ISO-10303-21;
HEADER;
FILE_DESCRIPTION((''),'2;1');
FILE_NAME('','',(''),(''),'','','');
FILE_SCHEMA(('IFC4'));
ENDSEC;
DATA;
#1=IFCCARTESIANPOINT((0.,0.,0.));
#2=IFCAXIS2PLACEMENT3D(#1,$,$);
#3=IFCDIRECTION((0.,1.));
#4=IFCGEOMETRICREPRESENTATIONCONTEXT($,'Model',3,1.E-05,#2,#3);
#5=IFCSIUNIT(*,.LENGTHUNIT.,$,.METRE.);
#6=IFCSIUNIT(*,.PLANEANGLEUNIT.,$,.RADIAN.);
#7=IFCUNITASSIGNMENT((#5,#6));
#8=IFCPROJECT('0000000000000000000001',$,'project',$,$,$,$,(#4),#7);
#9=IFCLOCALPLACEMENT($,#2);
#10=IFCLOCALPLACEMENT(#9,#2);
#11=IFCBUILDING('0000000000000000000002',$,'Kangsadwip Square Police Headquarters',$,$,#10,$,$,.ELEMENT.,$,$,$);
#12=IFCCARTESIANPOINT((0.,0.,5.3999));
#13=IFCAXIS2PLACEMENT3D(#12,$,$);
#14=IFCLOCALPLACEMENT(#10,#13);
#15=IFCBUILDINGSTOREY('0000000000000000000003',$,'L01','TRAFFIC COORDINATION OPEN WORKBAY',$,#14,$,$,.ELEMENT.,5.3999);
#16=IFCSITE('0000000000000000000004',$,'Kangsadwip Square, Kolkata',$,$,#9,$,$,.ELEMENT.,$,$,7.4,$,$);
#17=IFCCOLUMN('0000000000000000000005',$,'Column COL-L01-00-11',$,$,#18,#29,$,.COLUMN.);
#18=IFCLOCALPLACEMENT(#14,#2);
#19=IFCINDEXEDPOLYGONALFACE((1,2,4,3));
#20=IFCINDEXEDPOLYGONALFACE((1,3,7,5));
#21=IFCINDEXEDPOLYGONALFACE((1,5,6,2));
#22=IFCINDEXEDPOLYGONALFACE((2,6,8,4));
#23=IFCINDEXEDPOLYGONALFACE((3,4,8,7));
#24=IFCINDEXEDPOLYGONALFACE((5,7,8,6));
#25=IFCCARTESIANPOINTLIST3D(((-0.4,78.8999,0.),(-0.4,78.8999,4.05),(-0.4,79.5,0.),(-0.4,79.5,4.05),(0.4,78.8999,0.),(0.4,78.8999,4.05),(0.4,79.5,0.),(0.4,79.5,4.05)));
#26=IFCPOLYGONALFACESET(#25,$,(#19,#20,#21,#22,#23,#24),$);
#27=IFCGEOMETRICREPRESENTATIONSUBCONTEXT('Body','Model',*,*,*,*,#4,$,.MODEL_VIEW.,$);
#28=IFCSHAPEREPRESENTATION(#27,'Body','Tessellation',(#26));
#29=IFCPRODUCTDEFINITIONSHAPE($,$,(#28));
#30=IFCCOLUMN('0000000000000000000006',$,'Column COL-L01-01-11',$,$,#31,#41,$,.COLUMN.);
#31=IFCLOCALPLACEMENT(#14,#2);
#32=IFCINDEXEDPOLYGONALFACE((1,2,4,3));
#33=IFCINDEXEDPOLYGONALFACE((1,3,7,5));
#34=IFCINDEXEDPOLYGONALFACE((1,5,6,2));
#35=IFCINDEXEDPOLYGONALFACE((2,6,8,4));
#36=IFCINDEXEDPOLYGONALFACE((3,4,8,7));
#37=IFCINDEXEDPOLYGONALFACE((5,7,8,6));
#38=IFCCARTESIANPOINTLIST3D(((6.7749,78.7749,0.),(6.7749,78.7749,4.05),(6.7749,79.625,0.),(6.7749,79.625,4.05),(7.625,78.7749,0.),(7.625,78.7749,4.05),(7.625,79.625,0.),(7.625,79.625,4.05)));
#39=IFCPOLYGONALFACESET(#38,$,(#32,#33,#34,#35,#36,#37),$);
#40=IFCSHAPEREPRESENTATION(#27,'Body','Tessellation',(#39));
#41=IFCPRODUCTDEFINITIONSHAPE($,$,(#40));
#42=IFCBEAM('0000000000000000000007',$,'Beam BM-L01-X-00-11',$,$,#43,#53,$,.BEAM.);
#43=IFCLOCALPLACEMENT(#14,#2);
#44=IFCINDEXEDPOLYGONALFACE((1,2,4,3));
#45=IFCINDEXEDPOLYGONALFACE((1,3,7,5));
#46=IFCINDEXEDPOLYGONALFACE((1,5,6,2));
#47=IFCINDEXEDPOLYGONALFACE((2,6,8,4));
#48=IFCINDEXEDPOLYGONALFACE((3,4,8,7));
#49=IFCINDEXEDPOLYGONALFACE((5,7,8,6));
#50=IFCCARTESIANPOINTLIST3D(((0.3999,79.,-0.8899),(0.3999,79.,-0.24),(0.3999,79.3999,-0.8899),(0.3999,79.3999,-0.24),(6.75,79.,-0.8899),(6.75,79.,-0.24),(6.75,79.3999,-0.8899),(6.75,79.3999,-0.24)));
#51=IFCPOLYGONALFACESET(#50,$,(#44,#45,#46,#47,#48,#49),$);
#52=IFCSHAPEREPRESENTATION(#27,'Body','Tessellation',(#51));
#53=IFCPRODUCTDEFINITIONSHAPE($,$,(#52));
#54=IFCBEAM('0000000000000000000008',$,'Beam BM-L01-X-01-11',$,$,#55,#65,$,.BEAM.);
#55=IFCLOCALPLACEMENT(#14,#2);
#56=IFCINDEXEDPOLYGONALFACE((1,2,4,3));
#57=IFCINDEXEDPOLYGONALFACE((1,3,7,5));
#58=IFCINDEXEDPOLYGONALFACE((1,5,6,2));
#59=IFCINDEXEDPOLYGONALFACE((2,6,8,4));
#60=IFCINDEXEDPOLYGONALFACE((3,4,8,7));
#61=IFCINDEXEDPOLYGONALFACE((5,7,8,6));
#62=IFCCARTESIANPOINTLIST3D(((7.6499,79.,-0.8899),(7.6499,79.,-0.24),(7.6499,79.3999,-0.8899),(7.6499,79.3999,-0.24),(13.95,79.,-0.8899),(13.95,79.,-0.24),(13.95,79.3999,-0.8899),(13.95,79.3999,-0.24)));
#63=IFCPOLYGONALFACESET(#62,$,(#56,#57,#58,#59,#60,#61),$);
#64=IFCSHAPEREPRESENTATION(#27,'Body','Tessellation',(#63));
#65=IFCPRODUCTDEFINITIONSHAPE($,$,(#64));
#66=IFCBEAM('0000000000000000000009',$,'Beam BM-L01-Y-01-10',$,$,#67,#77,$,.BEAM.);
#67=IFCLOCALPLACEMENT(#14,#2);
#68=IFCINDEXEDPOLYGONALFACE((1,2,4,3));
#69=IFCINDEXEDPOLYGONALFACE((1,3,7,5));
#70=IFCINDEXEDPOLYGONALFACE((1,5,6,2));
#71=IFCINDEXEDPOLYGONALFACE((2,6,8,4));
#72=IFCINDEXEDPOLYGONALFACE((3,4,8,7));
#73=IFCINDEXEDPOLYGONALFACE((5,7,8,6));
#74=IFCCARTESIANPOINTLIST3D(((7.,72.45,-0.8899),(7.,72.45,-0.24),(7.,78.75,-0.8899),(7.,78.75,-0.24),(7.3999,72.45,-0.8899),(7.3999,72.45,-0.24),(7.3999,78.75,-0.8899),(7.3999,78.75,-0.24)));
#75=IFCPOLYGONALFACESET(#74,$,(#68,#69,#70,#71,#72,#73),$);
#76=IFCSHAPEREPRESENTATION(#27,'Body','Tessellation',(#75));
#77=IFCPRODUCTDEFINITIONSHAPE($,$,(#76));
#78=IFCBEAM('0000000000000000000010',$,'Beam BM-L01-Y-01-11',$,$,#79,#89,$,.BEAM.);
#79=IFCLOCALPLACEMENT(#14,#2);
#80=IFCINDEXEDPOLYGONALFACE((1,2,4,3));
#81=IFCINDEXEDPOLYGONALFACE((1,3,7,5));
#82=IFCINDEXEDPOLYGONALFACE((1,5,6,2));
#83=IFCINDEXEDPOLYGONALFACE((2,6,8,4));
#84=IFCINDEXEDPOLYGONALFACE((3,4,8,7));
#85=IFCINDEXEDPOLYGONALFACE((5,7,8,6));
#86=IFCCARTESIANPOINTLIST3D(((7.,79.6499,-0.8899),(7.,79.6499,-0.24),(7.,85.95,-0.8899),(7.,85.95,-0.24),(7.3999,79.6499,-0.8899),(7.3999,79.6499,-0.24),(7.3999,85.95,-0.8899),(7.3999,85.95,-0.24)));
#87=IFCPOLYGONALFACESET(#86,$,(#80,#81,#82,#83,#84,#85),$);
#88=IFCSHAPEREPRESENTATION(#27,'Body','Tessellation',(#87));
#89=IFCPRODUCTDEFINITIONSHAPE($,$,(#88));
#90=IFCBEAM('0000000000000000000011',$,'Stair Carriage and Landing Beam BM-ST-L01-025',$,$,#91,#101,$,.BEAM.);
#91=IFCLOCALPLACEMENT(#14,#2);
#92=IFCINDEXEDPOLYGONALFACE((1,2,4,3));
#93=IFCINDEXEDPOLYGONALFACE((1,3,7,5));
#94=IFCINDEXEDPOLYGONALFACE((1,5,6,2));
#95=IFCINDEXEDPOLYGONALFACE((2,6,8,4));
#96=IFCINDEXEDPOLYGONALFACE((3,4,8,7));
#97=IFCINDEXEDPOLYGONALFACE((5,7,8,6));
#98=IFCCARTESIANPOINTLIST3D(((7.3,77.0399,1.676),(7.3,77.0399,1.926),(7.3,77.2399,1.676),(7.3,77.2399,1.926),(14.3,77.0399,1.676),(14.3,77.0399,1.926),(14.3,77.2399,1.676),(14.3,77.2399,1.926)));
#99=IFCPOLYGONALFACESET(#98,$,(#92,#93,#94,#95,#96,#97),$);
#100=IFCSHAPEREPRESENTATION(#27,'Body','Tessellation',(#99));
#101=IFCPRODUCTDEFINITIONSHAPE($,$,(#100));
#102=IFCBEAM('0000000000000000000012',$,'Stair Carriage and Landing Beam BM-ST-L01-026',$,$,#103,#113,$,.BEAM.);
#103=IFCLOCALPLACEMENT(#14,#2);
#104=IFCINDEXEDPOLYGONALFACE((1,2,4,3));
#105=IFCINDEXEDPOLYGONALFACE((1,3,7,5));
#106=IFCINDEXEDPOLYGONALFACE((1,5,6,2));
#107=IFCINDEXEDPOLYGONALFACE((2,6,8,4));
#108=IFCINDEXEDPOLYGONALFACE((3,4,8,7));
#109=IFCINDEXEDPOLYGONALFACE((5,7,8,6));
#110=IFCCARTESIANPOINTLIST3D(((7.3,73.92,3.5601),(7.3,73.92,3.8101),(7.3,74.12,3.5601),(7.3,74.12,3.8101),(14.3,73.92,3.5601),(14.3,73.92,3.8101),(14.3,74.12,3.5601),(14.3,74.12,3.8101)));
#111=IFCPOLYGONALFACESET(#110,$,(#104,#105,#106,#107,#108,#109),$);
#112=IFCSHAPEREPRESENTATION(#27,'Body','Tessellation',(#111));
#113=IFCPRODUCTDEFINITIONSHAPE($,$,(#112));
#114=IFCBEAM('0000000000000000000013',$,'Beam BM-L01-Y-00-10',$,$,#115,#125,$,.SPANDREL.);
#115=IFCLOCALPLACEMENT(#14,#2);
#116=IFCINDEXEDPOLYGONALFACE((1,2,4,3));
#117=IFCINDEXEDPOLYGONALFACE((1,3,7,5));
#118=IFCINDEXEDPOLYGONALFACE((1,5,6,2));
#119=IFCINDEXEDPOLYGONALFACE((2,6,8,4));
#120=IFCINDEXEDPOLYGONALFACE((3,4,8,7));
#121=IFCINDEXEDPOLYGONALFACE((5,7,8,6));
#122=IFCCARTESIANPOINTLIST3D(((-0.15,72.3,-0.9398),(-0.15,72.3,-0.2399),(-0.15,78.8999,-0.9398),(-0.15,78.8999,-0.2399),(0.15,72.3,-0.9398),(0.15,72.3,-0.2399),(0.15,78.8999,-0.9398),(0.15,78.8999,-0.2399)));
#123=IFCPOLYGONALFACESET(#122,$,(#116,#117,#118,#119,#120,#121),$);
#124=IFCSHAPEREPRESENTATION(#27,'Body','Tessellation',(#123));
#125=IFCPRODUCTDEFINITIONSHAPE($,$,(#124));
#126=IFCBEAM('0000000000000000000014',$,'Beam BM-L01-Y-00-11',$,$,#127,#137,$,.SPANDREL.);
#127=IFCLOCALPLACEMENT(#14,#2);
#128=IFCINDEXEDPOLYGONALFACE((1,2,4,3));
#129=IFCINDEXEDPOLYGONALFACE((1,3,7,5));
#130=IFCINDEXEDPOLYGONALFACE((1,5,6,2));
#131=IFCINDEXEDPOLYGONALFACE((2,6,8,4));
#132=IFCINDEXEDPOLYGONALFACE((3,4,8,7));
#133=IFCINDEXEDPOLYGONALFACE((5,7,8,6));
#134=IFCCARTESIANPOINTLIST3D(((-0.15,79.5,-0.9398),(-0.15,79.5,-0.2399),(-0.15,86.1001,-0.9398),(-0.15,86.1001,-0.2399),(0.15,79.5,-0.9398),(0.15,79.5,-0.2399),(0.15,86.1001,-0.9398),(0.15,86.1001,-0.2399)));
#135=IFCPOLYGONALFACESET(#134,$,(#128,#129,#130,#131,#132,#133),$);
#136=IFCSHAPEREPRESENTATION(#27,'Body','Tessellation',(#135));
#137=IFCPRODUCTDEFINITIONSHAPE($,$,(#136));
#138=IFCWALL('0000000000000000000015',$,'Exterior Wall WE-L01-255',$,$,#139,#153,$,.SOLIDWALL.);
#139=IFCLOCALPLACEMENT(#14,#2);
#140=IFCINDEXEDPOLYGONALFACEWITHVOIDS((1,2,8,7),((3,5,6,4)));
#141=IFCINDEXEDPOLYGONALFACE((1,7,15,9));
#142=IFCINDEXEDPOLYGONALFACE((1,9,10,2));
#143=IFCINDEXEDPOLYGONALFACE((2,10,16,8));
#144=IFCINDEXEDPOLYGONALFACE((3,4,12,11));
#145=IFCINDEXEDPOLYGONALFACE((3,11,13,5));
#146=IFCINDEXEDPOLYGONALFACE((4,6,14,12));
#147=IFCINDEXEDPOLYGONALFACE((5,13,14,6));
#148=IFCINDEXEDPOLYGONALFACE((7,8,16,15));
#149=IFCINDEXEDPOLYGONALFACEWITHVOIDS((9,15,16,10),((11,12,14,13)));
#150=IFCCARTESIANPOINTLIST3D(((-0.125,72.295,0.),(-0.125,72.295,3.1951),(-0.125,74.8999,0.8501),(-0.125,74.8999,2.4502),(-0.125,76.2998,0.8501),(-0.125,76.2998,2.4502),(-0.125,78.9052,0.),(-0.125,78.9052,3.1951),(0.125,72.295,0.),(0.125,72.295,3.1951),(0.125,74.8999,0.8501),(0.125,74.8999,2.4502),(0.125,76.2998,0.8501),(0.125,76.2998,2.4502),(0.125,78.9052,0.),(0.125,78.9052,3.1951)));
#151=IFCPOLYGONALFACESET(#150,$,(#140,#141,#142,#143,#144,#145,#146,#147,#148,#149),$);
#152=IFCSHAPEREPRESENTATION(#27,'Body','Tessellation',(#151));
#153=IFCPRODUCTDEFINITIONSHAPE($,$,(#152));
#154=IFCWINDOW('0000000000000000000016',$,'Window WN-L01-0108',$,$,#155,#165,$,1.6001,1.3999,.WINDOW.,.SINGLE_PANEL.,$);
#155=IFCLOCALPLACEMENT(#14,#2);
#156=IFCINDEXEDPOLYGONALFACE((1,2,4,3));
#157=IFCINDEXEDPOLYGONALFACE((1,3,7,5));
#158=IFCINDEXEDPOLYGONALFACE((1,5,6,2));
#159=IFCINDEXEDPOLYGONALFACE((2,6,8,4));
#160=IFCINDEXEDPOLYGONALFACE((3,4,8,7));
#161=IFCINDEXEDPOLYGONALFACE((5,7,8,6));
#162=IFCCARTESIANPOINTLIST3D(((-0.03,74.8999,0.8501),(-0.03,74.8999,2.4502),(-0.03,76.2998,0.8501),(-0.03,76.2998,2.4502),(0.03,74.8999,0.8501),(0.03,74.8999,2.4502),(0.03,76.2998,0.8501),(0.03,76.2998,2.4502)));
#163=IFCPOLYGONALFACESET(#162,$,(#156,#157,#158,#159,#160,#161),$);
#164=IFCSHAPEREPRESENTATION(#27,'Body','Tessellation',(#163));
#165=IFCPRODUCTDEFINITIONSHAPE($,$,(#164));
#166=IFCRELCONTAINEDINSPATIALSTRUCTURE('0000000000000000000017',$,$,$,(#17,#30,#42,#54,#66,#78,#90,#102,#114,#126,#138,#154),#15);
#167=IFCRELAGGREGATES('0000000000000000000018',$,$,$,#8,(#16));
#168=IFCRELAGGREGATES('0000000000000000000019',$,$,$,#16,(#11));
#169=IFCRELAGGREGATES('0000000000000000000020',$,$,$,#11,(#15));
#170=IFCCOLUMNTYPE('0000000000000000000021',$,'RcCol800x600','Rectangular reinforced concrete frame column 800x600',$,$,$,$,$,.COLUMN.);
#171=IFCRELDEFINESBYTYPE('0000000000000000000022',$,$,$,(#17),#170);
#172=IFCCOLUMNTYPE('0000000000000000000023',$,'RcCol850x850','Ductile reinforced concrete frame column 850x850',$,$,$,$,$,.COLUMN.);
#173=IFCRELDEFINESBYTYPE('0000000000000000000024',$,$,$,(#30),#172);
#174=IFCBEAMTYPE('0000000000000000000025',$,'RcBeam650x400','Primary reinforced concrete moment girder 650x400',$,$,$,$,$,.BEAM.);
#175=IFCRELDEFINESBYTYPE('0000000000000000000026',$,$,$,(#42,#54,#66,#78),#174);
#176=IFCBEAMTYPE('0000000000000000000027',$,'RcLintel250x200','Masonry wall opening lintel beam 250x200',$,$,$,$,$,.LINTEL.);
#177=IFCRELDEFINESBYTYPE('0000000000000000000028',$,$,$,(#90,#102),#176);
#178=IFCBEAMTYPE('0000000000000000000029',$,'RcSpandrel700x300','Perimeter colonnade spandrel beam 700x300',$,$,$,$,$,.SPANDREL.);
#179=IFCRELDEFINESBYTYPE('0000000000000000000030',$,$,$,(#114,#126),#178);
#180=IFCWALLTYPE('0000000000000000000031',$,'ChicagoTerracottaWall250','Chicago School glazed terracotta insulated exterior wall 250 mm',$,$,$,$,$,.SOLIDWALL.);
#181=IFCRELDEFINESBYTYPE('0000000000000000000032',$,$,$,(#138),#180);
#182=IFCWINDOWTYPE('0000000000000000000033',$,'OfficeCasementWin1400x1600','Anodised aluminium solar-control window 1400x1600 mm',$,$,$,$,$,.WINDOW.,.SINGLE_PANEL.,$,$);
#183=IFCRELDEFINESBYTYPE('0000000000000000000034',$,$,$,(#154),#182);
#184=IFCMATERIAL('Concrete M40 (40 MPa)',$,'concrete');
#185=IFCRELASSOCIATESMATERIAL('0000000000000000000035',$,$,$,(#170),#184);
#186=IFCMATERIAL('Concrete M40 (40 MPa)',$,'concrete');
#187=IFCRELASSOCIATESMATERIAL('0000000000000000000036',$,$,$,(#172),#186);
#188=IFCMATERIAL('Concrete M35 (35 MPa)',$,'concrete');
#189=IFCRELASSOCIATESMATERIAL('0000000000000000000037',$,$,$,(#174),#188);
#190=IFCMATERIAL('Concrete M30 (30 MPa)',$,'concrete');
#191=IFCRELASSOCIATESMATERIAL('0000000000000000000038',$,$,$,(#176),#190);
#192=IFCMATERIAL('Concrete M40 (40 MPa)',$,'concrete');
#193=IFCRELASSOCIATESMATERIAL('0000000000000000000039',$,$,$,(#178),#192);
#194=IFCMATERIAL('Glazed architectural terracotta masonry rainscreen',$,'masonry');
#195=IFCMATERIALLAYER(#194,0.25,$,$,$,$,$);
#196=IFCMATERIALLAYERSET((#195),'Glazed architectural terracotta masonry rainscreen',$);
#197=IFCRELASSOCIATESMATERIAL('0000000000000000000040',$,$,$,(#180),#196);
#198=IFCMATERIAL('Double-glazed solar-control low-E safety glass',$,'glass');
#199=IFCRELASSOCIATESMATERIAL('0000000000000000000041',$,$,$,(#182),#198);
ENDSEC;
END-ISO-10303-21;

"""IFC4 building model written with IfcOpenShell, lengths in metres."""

from ifc_helpers import new_model, si_unit, direction, frame, frame_2d, origin, origin_2d, place, context, subcontext, project, spatial, rectangle, extrude, material, layer, layer_set, material_profile, profile_set, type_object, element, fill, save


model = new_model("IFC4")

# Units and contexts
model_context = context("Model", 3, precision=1e-05, world=origin(), true_north=direction((0.0, 1.0)))
body_context = subcontext(model_context, "Body", "Model", "MODEL_VIEW")
ifc_project = project(units=[si_unit("LENGTHUNIT", "METRE"), si_unit("PLANEANGLEUNIT", "RADIAN")], contexts=[model_context])

# Site, building, storey
site_placement = place(None, origin())
site = spatial("IfcSite", under=ifc_project, at=site_placement, Name="Kangsadwip Square, Kolkata", CompositionType="ELEMENT", RefElevation=7.4)
building_placement = place(site_placement, origin())
building = spatial("IfcBuilding", under=site, at=building_placement, Name="Kangsadwip Square Police Headquarters", CompositionType="ELEMENT")
storey_placement = place(building_placement, frame((0.0, 0.0, 5.3999)))
storey = spatial("IfcBuildingStorey", under=building, at=storey_placement, Name="L01", Description="TRAFFIC COORDINATION OPEN WORKBAY", CompositionType="ELEMENT", Elevation=5.3999)

# Columns
ifc_material_1 = material(Name="Concrete M40 (40 MPa)", Category="concrete")
ifc_material_profile_1 = material_profile(ifc_material_1, rectangle(XDim=0.6001, YDim=0.8, at=origin_2d()), Name="RC COL 800X600")
ifc_profile_set_1 = profile_set([ifc_material_profile_1], Name="Concrete M40 (40 MPa)")
column_type_1 = type_object("IfcColumnType", Name="RcCol800x600", Description="Rectangular reinforced concrete frame column 800x600", PredefinedType="COLUMN", material=ifc_profile_set_1)
column_1_placement = place(storey_placement, frame((0.0, 79.2, 0.0), z_axis=(0.0, 0.0, 1.0), x_axis=(0.0, 1.0, 0.0)))
element("IfcColumn", 1, at=column_1_placement, inside=storey, type_object=column_type_1, Name="Column COL-L01-00-11", PredefinedType="COLUMN", context=body_context, shape_type="SweptSolid", body=[
    extrude(rectangle(XDim=0.6001, YDim=0.8, at=origin_2d()), origin(), (0.0, 0.0, 1.0), 4.05),
])
ifc_material_2 = material(Name="Concrete M40 (40 MPa)", Category="concrete")
ifc_material_profile_2 = material_profile(ifc_material_2, rectangle(XDim=0.8501, YDim=0.8501, at=origin_2d()), Name="RC COL 850X850")
ifc_profile_set_2 = profile_set([ifc_material_profile_2], Name="Concrete M40 (40 MPa)")
column_type_2 = type_object("IfcColumnType", Name="RcCol850x850", Description="Ductile reinforced concrete frame column 850x850", PredefinedType="COLUMN", material=ifc_profile_set_2)
column_2_placement = place(storey_placement, frame((7.2, 79.2, 0.0), z_axis=(0.0, 0.0, 1.0), x_axis=(1.0, 0.0, 0.0)))
element("IfcColumn", 2, at=column_2_placement, inside=storey, type_object=column_type_2, Name="Column COL-L01-01-11", PredefinedType="COLUMN", context=body_context, shape_type="SweptSolid", body=[
    extrude(rectangle(XDim=0.8501, YDim=0.8501, at=origin_2d()), origin(), (0.0, 0.0, 1.0), 4.05),
])

# Beams
ifc_material_3 = material(Name="Concrete M35 (35 MPa)", Category="concrete")
ifc_material_profile_3 = material_profile(ifc_material_3, rectangle(XDim=0.3999, YDim=0.6499, at=origin_2d()), Name="RC BM 650X400")
ifc_profile_set_3 = profile_set([ifc_material_profile_3], Name="Concrete M35 (35 MPa)")
beam_type_1 = type_object("IfcBeamType", Name="RcBeam650x400", Description="Primary reinforced concrete moment girder 650x400", PredefinedType="BEAM", material=ifc_profile_set_3)
beam_1_placement = place(storey_placement, frame((0.3999, 79.2, -0.5649), z_axis=(1.0, 0.0, 0.0), x_axis=(0.0, 1.0, 0.0)))
element("IfcBeam", 3, at=beam_1_placement, inside=storey, type_object=beam_type_1, Name="Beam BM-L01-X-00-11", PredefinedType="BEAM", context=body_context, shape_type="SweptSolid", body=[
    extrude(rectangle(XDim=0.3999, YDim=0.6499, at=origin_2d()), origin(), (0.0, 0.0, 1.0), 6.3501),
])
for number, where, z_axis, x_axis, name in (
    (4, (7.6499, 79.2, -0.5649), (1.0, 0.0, 0.0), (0.0, 1.0, 0.0), "Beam BM-L01-X-01-11"),
    (5, (7.2, 72.45, -0.5649), (0.0, 1.0, 0.0), (-1.0, 0.0, 0.0), "Beam BM-L01-Y-01-10"),
    (6, (7.2, 79.6499, -0.5649), (0.0, 1.0, 0.0), (-1.0, 0.0, 0.0), "Beam BM-L01-Y-01-11"),
):
    element("IfcBeam", number, at=place(storey_placement, frame(where, z_axis=z_axis, x_axis=x_axis)), inside=storey, type_object=beam_type_1, Name=name, PredefinedType="BEAM", context=body_context, shape_type="SweptSolid", body=[
        extrude(rectangle(XDim=0.3999, YDim=0.6499, at=origin_2d()), origin(), (0.0, 0.0, 1.0), 6.3),
    ])
ifc_material_4 = material(Name="Concrete M30 (30 MPa)", Category="concrete")
ifc_material_profile_4 = material_profile(ifc_material_4, rectangle(XDim=0.2, YDim=0.25, at=origin_2d()), Name="RC LNT 250X200")
ifc_profile_set_4 = profile_set([ifc_material_profile_4], Name="Concrete M30 (30 MPa)")
beam_type_2 = type_object("IfcBeamType", Name="RcLintel250x200", Description="Masonry wall opening lintel beam 250x200", PredefinedType="LINTEL", material=ifc_profile_set_4)
for number, where, z_axis, x_axis, name in (
    (7, (7.3, 77.1399, 1.801), (1.0, 0.0, 0.0), (0.0, 1.0, 0.0), "Stair Carriage and Landing Beam BM-ST-L01-025"),
    (8, (7.3, 74.02, 3.6851), (1.0, 0.0, 0.0), (0.0, 1.0, 0.0), "Stair Carriage and Landing Beam BM-ST-L01-026"),
):
    element("IfcBeam", number, at=place(storey_placement, frame(where, z_axis=z_axis, x_axis=x_axis)), inside=storey, type_object=beam_type_2, Name=name, PredefinedType="BEAM", context=body_context, shape_type="SweptSolid", body=[
        extrude(rectangle(XDim=0.2, YDim=0.25, at=origin_2d()), origin(), (0.0, 0.0, 1.0), 7.0),
    ])
ifc_material_5 = material(Name="Concrete M40 (40 MPa)", Category="concrete")
ifc_material_profile_5 = material_profile(ifc_material_5, rectangle(XDim=0.3, YDim=0.7, at=origin_2d()), Name="RC SPN 700X300")
ifc_profile_set_5 = profile_set([ifc_material_profile_5], Name="Concrete M40 (40 MPa)")
beam_type_3 = type_object("IfcBeamType", Name="RcSpandrel700x300", Description="Perimeter colonnade spandrel beam 700x300", PredefinedType="SPANDREL", material=ifc_profile_set_5)
beam_2_placement = place(storey_placement, frame((0.0, 72.3, -0.5898), z_axis=(0.0, 1.0, 0.0), x_axis=(-1.0, 0.0, 0.0)))
element("IfcBeam", 9, at=beam_2_placement, inside=storey, type_object=beam_type_3, Name="Beam BM-L01-Y-00-10", PredefinedType="SPANDREL", context=body_context, shape_type="SweptSolid", body=[
    extrude(rectangle(XDim=0.3, YDim=0.7, at=origin_2d()), origin(), (0.0, 0.0, 1.0), 6.5999),
])
beam_3_placement = place(storey_placement, frame((0.0, 79.5, -0.5898), z_axis=(0.0, 1.0, 0.0), x_axis=(-1.0, 0.0, 0.0)))
element("IfcBeam", 10, at=beam_3_placement, inside=storey, type_object=beam_type_3, Name="Beam BM-L01-Y-00-11", PredefinedType="SPANDREL", context=body_context, shape_type="SweptSolid", body=[
    extrude(rectangle(XDim=0.3, YDim=0.7, at=origin_2d()), origin(), (0.0, 0.0, 1.0), 6.6001),
])

# Wall, opening, window
ifc_material_6 = material(Name="Glazed architectural terracotta masonry rainscreen", Category="masonry")
ifc_layer_1 = layer(ifc_material_6, 0.25)
ifc_layer_set_1 = layer_set([ifc_layer_1], Name="Glazed architectural terracotta masonry rainscreen")
wall_type_1 = type_object("IfcWallType", Name="ChicagoTerracottaWall250", Description="Chicago School glazed terracotta insulated exterior wall 250 mm", PredefinedType="SOLIDWALL", material=ifc_layer_set_1)
wall_1_placement = place(storey_placement, frame((0.0, 72.2949, 0.0), z_axis=(0.0, 0.0, 1.0), x_axis=(0.0, 1.0, 0.0)))
wall_1 = element("IfcWall", 11, at=wall_1_placement, inside=storey, type_object=wall_type_1, Name="Exterior Wall WE-L01-255", PredefinedType="SOLIDWALL", context=body_context, shape_type="SweptSolid", body=[
    extrude(rectangle(XDim=6.6101, YDim=0.25, at=frame_2d((3.3052, 0.0))), origin(), (0.0, 0.0, 1.0), 3.1951),
])
opening_1_placement = place(wall_1_placement, frame((2.605, 0.0, 0.8501)))
opening_1 = element("IfcOpeningElement", 12, at=opening_1_placement, cuts=wall_1, PredefinedType="OPENING", context=body_context, shape_type="SweptSolid", body=[
    extrude(rectangle(XDim=1.3999, YDim=1.6001, at=frame_2d((0.7, 0.8))), frame((0.0, 0.135, 0.0), z_axis=(0.0, -1.0, 0.0), x_axis=(1.0, 0.0, 0.0)), (0.0, 0.0, 1.0), 0.27),
])
ifc_material_7 = material(Name="Double-glazed solar-control low-E safety glass", Category="glass")
window_type_1 = type_object("IfcWindowType", Name="OfficeCasementWin1400x1600", Description="Anodised aluminium solar-control window 1400x1600 mm", PartitioningType="SINGLE_PANEL", PredefinedType="WINDOW", material=ifc_material_7)
window_1_placement = place(opening_1_placement, origin())
window_1 = element("IfcWindow", 13, at=window_1_placement, inside=storey, type_object=window_type_1, Name="Window WN-L01-0108", OverallHeight=1.6001, OverallWidth=1.3999, PartitioningType="SINGLE_PANEL", PredefinedType="WINDOW", context=body_context, shape_type="SweptSolid", body=[
    extrude(rectangle(XDim=1.3999, YDim=1.6001, at=frame_2d((0.7, 0.8))), frame((0.0, 0.03, 0.0), z_axis=(0.0, -1.0, 0.0), x_axis=(1.0, 0.0, 0.0)), (0.0, 0.0, 1.0), 0.0601),
])
fill(opening_1, window_1)

save(model, "model.ifc")
